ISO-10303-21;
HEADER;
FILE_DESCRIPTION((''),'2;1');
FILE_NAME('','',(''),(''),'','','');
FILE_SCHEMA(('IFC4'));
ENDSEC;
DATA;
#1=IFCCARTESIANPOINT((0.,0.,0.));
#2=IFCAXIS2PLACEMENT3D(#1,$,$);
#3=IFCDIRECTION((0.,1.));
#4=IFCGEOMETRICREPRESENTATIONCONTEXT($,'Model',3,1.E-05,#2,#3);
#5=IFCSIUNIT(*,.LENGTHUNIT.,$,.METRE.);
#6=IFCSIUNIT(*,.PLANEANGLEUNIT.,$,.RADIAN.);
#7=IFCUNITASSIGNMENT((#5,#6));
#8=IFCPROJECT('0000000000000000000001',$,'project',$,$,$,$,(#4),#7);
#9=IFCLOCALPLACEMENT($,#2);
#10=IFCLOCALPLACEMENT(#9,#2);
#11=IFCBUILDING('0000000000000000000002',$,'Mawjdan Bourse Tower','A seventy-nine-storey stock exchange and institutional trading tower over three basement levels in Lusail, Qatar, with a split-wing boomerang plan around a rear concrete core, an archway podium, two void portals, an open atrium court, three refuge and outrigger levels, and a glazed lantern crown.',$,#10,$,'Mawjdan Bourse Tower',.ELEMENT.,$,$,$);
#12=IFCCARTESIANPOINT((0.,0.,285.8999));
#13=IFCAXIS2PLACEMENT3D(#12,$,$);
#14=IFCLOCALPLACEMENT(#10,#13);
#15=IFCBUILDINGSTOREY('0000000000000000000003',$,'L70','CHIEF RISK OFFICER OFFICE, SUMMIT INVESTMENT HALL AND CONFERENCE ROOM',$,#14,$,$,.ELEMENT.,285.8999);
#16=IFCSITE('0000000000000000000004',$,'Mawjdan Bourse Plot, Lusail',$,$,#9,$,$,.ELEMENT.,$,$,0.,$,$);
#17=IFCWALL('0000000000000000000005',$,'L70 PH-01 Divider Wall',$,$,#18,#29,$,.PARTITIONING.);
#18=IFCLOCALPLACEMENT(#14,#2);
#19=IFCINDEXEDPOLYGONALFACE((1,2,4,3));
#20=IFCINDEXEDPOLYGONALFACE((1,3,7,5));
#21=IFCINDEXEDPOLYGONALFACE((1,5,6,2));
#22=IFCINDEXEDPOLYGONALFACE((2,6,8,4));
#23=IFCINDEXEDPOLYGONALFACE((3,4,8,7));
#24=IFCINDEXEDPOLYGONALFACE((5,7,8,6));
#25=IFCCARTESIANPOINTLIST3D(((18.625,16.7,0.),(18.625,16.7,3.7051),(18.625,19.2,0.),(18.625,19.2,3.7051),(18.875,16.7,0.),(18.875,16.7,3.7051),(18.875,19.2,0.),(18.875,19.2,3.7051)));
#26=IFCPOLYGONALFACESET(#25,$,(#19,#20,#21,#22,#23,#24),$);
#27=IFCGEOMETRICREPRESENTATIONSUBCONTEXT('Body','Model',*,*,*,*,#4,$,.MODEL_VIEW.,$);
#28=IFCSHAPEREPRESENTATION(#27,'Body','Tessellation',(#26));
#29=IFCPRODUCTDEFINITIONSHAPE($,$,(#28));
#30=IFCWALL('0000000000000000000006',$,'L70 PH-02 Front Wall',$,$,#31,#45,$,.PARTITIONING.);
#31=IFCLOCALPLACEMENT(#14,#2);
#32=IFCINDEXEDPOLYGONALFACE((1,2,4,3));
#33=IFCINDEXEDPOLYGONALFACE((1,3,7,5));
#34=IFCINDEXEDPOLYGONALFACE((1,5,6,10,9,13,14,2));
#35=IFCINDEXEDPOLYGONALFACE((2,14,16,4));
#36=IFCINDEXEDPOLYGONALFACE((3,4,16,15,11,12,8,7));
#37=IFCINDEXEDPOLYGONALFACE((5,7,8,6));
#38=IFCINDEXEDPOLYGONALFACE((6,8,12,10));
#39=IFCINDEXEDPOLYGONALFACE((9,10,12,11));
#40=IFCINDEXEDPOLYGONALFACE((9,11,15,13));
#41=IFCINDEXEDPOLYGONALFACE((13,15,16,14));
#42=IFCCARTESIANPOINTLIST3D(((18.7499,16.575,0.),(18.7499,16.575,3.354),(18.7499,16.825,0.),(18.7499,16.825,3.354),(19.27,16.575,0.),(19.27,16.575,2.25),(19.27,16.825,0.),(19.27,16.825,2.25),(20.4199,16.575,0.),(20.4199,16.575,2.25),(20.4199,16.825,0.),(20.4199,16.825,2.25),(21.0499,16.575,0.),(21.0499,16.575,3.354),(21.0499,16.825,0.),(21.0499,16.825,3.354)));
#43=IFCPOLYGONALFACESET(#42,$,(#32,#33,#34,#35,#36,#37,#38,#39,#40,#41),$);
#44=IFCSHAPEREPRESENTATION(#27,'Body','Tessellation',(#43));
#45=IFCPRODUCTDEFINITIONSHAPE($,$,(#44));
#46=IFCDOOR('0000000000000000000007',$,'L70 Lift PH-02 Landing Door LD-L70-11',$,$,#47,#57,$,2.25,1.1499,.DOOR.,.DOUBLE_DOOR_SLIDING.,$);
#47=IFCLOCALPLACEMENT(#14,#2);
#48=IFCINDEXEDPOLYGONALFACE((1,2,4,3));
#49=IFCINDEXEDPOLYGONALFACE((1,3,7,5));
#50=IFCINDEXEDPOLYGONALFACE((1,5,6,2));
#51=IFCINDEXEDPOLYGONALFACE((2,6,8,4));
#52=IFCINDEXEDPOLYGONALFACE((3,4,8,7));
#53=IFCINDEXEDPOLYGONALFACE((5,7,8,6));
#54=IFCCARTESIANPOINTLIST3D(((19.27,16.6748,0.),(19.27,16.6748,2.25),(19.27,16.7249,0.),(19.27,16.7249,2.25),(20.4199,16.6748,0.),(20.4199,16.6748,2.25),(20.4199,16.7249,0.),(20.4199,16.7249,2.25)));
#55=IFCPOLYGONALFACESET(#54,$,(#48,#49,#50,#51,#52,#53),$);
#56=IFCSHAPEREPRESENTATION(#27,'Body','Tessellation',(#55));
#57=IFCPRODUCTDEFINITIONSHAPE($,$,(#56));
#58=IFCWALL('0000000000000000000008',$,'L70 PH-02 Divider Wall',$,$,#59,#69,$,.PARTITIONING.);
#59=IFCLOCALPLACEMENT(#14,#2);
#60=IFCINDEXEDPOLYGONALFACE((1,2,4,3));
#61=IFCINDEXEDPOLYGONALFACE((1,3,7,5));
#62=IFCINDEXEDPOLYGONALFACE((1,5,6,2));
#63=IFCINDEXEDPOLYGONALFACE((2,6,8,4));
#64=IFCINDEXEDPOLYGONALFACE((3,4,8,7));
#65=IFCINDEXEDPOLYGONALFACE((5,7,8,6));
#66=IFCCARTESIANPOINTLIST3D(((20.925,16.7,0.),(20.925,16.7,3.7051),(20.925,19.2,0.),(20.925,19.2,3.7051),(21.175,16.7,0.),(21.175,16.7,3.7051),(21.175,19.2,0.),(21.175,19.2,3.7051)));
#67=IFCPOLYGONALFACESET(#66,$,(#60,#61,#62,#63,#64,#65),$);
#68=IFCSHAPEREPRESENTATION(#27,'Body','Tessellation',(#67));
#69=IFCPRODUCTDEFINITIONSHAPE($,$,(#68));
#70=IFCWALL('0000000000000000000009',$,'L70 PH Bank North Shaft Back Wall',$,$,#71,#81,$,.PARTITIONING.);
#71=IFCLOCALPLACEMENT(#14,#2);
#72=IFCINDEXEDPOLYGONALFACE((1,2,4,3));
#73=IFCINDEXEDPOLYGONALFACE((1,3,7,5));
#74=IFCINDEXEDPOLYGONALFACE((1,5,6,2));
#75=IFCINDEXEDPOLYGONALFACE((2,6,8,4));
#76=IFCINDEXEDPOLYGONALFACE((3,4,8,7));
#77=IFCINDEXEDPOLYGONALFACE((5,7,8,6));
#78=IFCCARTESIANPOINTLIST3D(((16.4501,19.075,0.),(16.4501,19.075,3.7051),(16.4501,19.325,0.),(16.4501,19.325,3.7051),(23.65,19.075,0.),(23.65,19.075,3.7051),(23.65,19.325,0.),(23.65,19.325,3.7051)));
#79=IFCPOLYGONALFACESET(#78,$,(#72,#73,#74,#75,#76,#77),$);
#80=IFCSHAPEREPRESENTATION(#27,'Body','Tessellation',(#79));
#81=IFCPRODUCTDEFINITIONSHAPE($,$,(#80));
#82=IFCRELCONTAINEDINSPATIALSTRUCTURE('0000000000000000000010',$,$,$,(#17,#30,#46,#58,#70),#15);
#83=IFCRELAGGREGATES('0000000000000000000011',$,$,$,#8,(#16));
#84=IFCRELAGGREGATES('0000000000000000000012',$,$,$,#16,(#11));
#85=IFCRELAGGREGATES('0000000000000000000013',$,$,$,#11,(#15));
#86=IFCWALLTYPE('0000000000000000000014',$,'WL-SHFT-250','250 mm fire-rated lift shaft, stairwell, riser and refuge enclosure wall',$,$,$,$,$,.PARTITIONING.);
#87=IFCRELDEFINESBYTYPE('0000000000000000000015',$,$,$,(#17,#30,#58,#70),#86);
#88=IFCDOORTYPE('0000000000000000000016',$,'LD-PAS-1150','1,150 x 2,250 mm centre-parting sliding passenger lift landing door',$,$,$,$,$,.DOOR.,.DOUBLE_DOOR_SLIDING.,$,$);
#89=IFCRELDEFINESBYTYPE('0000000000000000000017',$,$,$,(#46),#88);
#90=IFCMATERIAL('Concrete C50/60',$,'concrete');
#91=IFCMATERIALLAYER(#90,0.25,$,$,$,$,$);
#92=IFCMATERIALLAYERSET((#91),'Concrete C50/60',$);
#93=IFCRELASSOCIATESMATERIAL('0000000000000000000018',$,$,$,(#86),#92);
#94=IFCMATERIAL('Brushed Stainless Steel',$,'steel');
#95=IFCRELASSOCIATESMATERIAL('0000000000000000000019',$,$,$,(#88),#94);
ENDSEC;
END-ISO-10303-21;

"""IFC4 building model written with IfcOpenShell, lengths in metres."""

from ifc_helpers import new_model, si_unit, direction, frame, frame_2d, origin, place, context, subcontext, project, spatial, rectangle, extrude, material, layer, layer_set, type_object, element, fill, save


model = new_model("IFC4")

# Units and contexts
model_context = context("Model", 3, precision=1e-05, world=origin(), true_north=direction((0.0, 1.0)))
body_context = subcontext(model_context, "Body", "Model", "MODEL_VIEW")
ifc_project = project(units=[si_unit("LENGTHUNIT", "METRE"), si_unit("PLANEANGLEUNIT", "RADIAN")], contexts=[model_context])

# Site, building, storey
site_placement = place(None, origin())
site = spatial("IfcSite", under=ifc_project, at=site_placement, Name="Mawjdan Bourse Plot, Lusail", CompositionType="ELEMENT", RefElevation=0.0)
building_placement = place(site_placement, origin())
building = spatial("IfcBuilding", under=site, at=building_placement, Name="Mawjdan Bourse Tower", Description="A seventy-nine-storey stock exchange and institutional trading tower over three basement levels in Lusail, Qatar, with a split-wing boomerang plan around a rear concrete core, an archway podium, two void portals, an open atrium court, three refuge and outrigger levels, and a glazed lantern crown.", LongName="Mawjdan Bourse Tower", CompositionType="ELEMENT")
storey_placement = place(building_placement, frame((0.0, 0.0, 285.8999)))
storey = spatial("IfcBuildingStorey", under=building, at=storey_placement, Name="L70", Description="CHIEF RISK OFFICER OFFICE, SUMMIT INVESTMENT HALL AND CONFERENCE ROOM", CompositionType="ELEMENT", Elevation=285.8999)

# Shared definitions
ifc_material_1 = material(Name="Concrete C50/60", Category="concrete")
ifc_layer_1 = layer(ifc_material_1, 0.25)
ifc_layer_set_1 = layer_set([ifc_layer_1], Name="Concrete C50/60")
wall_type_1 = type_object("IfcWallType", Name="WL-SHFT-250", Description="250 mm fire-rated lift shaft, stairwell, riser and refuge enclosure wall", PredefinedType="PARTITIONING", material=ifc_layer_set_1)

# Shared definitions
ifc_material_2 = material(Name="Brushed Stainless Steel", Category="steel")
door_type_1 = type_object("IfcDoorType", Name="LD-PAS-1150", Description="1,150 x 2,250 mm centre-parting sliding passenger lift landing door", OperationType="DOUBLE_DOOR_SLIDING", PredefinedType="DOOR", material=ifc_material_2)

# Wall
wall_1_placement = place(storey_placement, frame((18.75, 16.7, 0.0), z_axis=(0.0, 0.0, 1.0), x_axis=(0.0, 1.0, 0.0)))
element("IfcWall", 1, at=wall_1_placement, inside=storey, type_object=wall_type_1, Name="L70 PH-01 Divider Wall", PredefinedType="PARTITIONING", context=body_context, shape_type="SweptSolid", body=[
    extrude(rectangle(XDim=2.5, YDim=0.25, at=frame_2d((1.25, 0.0))), origin(), (0.0, 0.0, 1.0), 3.7051),
])

# Wall, opening, door
wall_2_placement = place(storey_placement, frame((18.75, 16.7, 0.0), z_axis=(0.0, 0.0, 1.0), x_axis=(1.0, 0.0, 0.0)))
wall_2 = element("IfcWall", 2, at=wall_2_placement, inside=storey, type_object=wall_type_1, Name="L70 PH-02 Front Wall", PredefinedType="PARTITIONING", context=body_context, shape_type="SweptSolid", body=[
    extrude(rectangle(XDim=2.3, YDim=0.25, at=frame_2d((1.1499, 0.0))), origin(), (0.0, 0.0, 1.0), 3.354),
])
opening_1_placement = place(wall_2_placement, frame((0.52, 0.0, 0.0)))
opening_1 = element("IfcOpeningElement", 3, at=opening_1_placement, cuts=wall_2, PredefinedType="OPENING", context=body_context, shape_type="SweptSolid", body=[
    extrude(rectangle(XDim=1.1499, YDim=2.25, at=frame_2d((0.575, 1.125))), frame((0.0, 0.135, 0.0), z_axis=(0.0, -1.0, 0.0), x_axis=(1.0, 0.0, 0.0)), (0.0, 0.0, 1.0), 0.27),
])
door_1_placement = place(opening_1_placement, origin())
door_1 = element("IfcDoor", 4, at=door_1_placement, inside=storey, type_object=door_type_1, Name="L70 Lift PH-02 Landing Door LD-L70-11", OperationType="DOUBLE_DOOR_SLIDING", OverallHeight=2.25, OverallWidth=1.1499, PredefinedType="DOOR", context=body_context, shape_type="SweptSolid", body=[
    extrude(rectangle(XDim=1.1499, YDim=2.25, at=frame_2d((0.575, 1.125))), frame((0.0, 0.0249, 0.0), z_axis=(0.0, -1.0, 0.0), x_axis=(1.0, 0.0, 0.0)), (0.0, 0.0, 1.0), 0.05),
])
fill(opening_1, door_1)

# Walls
wall_3_placement = place(storey_placement, frame((21.05, 16.7, 0.0), z_axis=(0.0, 0.0, 1.0), x_axis=(0.0, 1.0, 0.0)))
element("IfcWall", 5, at=wall_3_placement, inside=storey, type_object=wall_type_1, Name="L70 PH-02 Divider Wall", PredefinedType="PARTITIONING", context=body_context, shape_type="SweptSolid", body=[
    extrude(rectangle(XDim=2.5, YDim=0.25, at=frame_2d((1.25, 0.0))), origin(), (0.0, 0.0, 1.0), 3.7051),
])
wall_4_placement = place(storey_placement, frame((16.45, 19.2, 0.0), z_axis=(0.0, 0.0, 1.0), x_axis=(1.0, 0.0, 0.0)))
element("IfcWall", 6, at=wall_4_placement, inside=storey, type_object=wall_type_1, Name="L70 PH Bank North Shaft Back Wall", PredefinedType="PARTITIONING", context=body_context, shape_type="SweptSolid", body=[
    extrude(rectangle(XDim=7.2, YDim=0.25, at=frame_2d((3.6001, 0.0))), origin(), (0.0, 0.0, 1.0), 3.7051),
])

save(model, "model.ifc")
